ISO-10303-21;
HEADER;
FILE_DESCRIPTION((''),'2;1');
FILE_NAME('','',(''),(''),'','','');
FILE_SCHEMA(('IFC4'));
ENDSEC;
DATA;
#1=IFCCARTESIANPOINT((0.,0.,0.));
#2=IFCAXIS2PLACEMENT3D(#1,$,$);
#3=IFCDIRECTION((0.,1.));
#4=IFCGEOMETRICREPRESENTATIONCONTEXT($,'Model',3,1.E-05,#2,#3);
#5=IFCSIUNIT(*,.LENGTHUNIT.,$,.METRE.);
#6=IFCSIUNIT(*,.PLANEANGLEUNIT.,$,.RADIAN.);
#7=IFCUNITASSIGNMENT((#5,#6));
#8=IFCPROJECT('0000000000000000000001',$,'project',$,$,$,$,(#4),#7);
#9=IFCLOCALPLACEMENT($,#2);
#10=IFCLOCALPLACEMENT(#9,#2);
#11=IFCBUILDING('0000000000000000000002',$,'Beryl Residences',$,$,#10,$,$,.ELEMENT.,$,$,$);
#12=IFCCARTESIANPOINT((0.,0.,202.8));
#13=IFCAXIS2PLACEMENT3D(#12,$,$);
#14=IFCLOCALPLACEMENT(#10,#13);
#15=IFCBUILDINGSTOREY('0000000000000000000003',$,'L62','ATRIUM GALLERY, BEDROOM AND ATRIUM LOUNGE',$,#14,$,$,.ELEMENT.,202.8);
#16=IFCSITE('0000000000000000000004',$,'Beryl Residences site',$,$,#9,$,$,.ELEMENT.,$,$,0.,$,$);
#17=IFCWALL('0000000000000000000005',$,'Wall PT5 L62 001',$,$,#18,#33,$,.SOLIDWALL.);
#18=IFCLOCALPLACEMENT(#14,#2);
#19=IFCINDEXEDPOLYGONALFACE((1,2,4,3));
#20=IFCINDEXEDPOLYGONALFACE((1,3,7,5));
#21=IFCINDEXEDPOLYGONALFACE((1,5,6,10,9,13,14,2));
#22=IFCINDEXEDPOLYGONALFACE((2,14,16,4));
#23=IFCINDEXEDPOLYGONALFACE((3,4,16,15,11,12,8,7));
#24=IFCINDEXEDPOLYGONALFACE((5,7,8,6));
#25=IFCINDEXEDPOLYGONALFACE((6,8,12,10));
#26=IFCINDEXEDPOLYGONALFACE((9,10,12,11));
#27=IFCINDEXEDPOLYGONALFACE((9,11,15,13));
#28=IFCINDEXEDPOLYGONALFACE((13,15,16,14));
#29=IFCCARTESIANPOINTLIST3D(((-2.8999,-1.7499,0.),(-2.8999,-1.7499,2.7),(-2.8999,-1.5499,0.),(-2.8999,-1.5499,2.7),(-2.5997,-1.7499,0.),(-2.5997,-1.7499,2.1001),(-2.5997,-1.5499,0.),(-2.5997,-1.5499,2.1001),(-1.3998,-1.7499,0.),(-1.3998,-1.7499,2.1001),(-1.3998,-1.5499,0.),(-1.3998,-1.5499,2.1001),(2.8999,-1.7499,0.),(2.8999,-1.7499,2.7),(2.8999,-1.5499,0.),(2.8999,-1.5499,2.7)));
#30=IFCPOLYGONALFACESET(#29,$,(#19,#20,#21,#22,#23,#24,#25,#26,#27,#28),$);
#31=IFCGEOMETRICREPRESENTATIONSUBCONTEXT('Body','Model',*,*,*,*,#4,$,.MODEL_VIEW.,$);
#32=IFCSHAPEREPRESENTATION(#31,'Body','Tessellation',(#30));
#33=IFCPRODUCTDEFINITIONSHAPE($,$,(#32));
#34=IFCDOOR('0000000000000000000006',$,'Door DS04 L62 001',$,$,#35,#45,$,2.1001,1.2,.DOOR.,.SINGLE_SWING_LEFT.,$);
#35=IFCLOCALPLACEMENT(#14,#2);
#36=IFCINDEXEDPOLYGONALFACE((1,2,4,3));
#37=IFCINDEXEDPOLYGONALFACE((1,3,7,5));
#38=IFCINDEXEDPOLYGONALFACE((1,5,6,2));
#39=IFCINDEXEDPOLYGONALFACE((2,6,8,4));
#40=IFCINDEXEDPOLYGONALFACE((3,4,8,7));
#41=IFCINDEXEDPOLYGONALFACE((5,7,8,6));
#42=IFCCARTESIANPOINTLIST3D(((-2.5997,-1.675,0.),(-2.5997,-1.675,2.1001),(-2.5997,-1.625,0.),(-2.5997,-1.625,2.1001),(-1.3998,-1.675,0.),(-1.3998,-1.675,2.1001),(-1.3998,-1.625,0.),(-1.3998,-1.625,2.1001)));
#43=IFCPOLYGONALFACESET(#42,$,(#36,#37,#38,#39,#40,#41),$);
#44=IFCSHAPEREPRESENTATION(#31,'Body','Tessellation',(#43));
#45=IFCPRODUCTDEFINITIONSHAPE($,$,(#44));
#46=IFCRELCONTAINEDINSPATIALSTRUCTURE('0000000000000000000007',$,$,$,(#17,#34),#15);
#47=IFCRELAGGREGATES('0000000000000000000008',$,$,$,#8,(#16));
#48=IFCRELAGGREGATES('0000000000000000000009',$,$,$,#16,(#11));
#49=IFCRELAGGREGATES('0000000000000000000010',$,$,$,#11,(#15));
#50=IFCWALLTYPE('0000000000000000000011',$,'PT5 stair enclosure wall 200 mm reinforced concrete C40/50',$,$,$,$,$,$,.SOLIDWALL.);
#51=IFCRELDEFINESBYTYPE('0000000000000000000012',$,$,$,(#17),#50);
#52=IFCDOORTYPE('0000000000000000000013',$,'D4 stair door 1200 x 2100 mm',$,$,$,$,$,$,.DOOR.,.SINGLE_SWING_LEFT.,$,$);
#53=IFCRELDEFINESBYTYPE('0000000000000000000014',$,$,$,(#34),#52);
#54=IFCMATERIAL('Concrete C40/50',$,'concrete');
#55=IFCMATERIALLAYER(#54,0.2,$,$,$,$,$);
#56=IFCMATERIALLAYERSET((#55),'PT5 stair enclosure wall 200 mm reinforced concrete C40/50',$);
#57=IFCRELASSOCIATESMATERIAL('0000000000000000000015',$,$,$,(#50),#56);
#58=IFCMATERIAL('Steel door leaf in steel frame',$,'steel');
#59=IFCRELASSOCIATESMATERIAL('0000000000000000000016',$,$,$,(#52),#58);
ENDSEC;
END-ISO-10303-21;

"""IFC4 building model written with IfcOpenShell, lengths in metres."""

from ifc_helpers import new_model, si_unit, direction, frame, frame_2d, origin, place, context, subcontext, project, spatial, rectangle, extrude, material, layer, layer_set, type_object, element, fill, save


model = new_model("IFC4")

# Units and contexts
model_context = context("Model", 3, precision=1e-05, world=origin(), true_north=direction((0.0, 1.0)))
body_context = subcontext(model_context, "Body", "Model", "MODEL_VIEW")
ifc_project = project(units=[si_unit("LENGTHUNIT", "METRE"), si_unit("PLANEANGLEUNIT", "RADIAN")], contexts=[model_context])

# Site, building, storey
site_placement = place(None, origin())
site = spatial("IfcSite", under=ifc_project, at=site_placement, Name="Beryl Residences site", CompositionType="ELEMENT", RefElevation=0.0)
building_placement = place(site_placement, origin())
building = spatial("IfcBuilding", under=site, at=building_placement, Name="Beryl Residences", CompositionType="ELEMENT")
storey_placement = place(building_placement, frame((0.0, 0.0, 202.8)))
storey = spatial("IfcBuildingStorey", under=building, at=storey_placement, Name="L62", Description="ATRIUM GALLERY, BEDROOM AND ATRIUM LOUNGE", CompositionType="ELEMENT", Elevation=202.8)

# Wall, opening, door
ifc_material_1 = material(Name="Concrete C40/50", Category="concrete")
ifc_layer_1 = layer(ifc_material_1, 0.2)
ifc_layer_set_1 = layer_set([ifc_layer_1], Name="PT5 stair enclosure wall 200 mm reinforced concrete C40/50")
wall_type_1 = type_object("IfcWallType", Name="PT5 stair enclosure wall 200 mm reinforced concrete C40/50", PredefinedType="SOLIDWALL", material=ifc_layer_set_1)
wall_1_placement = place(storey_placement, frame((-2.8999, -1.6499, 0.0), z_axis=(0.0, 0.0, 1.0), x_axis=(1.0, 0.0, 0.0)))
wall_1 = element("IfcWall", 1, at=wall_1_placement, inside=storey, type_object=wall_type_1, Name="Wall PT5 L62 001", PredefinedType="SOLIDWALL", context=body_context, shape_type="SweptSolid", body=[
    extrude(rectangle(XDim=5.7998, YDim=0.2, at=frame_2d((2.8999, 0.0))), origin(), (0.0, 0.0, 1.0), 2.7),
])
opening_1_placement = place(wall_1_placement, frame((0.3, 0.0, 0.0)))
opening_1 = element("IfcOpeningElement", 2, at=opening_1_placement, cuts=wall_1, PredefinedType="OPENING", context=body_context, shape_type="SweptSolid", body=[
    extrude(rectangle(XDim=1.2, YDim=2.1001, at=frame_2d((0.6001, 1.05))), frame((0.0, 0.1099, 0.0), z_axis=(0.0, -1.0, 0.0), x_axis=(1.0, 0.0, 0.0)), (0.0, 0.0, 1.0), 0.22),
])
ifc_material_2 = material(Name="Steel door leaf in steel frame", Category="steel")
door_type_1 = type_object("IfcDoorType", Name="D4 stair door 1200 x 2100 mm", OperationType="SINGLE_SWING_LEFT", PredefinedType="DOOR", material=ifc_material_2)
door_1_placement = place(opening_1_placement, origin())
door_1 = element("IfcDoor", 3, at=door_1_placement, inside=storey, type_object=door_type_1, Name="Door DS04 L62 001", OperationType="SINGLE_SWING_LEFT", OverallHeight=2.1001, OverallWidth=1.2, PredefinedType="DOOR", context=body_context, shape_type="SweptSolid", body=[
    extrude(rectangle(XDim=1.2, YDim=2.1001, at=frame_2d((0.6001, 1.05))), frame((0.0, 0.0249, 0.0), z_axis=(0.0, -1.0, 0.0), x_axis=(1.0, 0.0, 0.0)), (0.0, 0.0, 1.0), 0.05),
])
fill(opening_1, door_1)

save(model, "model.ifc")
